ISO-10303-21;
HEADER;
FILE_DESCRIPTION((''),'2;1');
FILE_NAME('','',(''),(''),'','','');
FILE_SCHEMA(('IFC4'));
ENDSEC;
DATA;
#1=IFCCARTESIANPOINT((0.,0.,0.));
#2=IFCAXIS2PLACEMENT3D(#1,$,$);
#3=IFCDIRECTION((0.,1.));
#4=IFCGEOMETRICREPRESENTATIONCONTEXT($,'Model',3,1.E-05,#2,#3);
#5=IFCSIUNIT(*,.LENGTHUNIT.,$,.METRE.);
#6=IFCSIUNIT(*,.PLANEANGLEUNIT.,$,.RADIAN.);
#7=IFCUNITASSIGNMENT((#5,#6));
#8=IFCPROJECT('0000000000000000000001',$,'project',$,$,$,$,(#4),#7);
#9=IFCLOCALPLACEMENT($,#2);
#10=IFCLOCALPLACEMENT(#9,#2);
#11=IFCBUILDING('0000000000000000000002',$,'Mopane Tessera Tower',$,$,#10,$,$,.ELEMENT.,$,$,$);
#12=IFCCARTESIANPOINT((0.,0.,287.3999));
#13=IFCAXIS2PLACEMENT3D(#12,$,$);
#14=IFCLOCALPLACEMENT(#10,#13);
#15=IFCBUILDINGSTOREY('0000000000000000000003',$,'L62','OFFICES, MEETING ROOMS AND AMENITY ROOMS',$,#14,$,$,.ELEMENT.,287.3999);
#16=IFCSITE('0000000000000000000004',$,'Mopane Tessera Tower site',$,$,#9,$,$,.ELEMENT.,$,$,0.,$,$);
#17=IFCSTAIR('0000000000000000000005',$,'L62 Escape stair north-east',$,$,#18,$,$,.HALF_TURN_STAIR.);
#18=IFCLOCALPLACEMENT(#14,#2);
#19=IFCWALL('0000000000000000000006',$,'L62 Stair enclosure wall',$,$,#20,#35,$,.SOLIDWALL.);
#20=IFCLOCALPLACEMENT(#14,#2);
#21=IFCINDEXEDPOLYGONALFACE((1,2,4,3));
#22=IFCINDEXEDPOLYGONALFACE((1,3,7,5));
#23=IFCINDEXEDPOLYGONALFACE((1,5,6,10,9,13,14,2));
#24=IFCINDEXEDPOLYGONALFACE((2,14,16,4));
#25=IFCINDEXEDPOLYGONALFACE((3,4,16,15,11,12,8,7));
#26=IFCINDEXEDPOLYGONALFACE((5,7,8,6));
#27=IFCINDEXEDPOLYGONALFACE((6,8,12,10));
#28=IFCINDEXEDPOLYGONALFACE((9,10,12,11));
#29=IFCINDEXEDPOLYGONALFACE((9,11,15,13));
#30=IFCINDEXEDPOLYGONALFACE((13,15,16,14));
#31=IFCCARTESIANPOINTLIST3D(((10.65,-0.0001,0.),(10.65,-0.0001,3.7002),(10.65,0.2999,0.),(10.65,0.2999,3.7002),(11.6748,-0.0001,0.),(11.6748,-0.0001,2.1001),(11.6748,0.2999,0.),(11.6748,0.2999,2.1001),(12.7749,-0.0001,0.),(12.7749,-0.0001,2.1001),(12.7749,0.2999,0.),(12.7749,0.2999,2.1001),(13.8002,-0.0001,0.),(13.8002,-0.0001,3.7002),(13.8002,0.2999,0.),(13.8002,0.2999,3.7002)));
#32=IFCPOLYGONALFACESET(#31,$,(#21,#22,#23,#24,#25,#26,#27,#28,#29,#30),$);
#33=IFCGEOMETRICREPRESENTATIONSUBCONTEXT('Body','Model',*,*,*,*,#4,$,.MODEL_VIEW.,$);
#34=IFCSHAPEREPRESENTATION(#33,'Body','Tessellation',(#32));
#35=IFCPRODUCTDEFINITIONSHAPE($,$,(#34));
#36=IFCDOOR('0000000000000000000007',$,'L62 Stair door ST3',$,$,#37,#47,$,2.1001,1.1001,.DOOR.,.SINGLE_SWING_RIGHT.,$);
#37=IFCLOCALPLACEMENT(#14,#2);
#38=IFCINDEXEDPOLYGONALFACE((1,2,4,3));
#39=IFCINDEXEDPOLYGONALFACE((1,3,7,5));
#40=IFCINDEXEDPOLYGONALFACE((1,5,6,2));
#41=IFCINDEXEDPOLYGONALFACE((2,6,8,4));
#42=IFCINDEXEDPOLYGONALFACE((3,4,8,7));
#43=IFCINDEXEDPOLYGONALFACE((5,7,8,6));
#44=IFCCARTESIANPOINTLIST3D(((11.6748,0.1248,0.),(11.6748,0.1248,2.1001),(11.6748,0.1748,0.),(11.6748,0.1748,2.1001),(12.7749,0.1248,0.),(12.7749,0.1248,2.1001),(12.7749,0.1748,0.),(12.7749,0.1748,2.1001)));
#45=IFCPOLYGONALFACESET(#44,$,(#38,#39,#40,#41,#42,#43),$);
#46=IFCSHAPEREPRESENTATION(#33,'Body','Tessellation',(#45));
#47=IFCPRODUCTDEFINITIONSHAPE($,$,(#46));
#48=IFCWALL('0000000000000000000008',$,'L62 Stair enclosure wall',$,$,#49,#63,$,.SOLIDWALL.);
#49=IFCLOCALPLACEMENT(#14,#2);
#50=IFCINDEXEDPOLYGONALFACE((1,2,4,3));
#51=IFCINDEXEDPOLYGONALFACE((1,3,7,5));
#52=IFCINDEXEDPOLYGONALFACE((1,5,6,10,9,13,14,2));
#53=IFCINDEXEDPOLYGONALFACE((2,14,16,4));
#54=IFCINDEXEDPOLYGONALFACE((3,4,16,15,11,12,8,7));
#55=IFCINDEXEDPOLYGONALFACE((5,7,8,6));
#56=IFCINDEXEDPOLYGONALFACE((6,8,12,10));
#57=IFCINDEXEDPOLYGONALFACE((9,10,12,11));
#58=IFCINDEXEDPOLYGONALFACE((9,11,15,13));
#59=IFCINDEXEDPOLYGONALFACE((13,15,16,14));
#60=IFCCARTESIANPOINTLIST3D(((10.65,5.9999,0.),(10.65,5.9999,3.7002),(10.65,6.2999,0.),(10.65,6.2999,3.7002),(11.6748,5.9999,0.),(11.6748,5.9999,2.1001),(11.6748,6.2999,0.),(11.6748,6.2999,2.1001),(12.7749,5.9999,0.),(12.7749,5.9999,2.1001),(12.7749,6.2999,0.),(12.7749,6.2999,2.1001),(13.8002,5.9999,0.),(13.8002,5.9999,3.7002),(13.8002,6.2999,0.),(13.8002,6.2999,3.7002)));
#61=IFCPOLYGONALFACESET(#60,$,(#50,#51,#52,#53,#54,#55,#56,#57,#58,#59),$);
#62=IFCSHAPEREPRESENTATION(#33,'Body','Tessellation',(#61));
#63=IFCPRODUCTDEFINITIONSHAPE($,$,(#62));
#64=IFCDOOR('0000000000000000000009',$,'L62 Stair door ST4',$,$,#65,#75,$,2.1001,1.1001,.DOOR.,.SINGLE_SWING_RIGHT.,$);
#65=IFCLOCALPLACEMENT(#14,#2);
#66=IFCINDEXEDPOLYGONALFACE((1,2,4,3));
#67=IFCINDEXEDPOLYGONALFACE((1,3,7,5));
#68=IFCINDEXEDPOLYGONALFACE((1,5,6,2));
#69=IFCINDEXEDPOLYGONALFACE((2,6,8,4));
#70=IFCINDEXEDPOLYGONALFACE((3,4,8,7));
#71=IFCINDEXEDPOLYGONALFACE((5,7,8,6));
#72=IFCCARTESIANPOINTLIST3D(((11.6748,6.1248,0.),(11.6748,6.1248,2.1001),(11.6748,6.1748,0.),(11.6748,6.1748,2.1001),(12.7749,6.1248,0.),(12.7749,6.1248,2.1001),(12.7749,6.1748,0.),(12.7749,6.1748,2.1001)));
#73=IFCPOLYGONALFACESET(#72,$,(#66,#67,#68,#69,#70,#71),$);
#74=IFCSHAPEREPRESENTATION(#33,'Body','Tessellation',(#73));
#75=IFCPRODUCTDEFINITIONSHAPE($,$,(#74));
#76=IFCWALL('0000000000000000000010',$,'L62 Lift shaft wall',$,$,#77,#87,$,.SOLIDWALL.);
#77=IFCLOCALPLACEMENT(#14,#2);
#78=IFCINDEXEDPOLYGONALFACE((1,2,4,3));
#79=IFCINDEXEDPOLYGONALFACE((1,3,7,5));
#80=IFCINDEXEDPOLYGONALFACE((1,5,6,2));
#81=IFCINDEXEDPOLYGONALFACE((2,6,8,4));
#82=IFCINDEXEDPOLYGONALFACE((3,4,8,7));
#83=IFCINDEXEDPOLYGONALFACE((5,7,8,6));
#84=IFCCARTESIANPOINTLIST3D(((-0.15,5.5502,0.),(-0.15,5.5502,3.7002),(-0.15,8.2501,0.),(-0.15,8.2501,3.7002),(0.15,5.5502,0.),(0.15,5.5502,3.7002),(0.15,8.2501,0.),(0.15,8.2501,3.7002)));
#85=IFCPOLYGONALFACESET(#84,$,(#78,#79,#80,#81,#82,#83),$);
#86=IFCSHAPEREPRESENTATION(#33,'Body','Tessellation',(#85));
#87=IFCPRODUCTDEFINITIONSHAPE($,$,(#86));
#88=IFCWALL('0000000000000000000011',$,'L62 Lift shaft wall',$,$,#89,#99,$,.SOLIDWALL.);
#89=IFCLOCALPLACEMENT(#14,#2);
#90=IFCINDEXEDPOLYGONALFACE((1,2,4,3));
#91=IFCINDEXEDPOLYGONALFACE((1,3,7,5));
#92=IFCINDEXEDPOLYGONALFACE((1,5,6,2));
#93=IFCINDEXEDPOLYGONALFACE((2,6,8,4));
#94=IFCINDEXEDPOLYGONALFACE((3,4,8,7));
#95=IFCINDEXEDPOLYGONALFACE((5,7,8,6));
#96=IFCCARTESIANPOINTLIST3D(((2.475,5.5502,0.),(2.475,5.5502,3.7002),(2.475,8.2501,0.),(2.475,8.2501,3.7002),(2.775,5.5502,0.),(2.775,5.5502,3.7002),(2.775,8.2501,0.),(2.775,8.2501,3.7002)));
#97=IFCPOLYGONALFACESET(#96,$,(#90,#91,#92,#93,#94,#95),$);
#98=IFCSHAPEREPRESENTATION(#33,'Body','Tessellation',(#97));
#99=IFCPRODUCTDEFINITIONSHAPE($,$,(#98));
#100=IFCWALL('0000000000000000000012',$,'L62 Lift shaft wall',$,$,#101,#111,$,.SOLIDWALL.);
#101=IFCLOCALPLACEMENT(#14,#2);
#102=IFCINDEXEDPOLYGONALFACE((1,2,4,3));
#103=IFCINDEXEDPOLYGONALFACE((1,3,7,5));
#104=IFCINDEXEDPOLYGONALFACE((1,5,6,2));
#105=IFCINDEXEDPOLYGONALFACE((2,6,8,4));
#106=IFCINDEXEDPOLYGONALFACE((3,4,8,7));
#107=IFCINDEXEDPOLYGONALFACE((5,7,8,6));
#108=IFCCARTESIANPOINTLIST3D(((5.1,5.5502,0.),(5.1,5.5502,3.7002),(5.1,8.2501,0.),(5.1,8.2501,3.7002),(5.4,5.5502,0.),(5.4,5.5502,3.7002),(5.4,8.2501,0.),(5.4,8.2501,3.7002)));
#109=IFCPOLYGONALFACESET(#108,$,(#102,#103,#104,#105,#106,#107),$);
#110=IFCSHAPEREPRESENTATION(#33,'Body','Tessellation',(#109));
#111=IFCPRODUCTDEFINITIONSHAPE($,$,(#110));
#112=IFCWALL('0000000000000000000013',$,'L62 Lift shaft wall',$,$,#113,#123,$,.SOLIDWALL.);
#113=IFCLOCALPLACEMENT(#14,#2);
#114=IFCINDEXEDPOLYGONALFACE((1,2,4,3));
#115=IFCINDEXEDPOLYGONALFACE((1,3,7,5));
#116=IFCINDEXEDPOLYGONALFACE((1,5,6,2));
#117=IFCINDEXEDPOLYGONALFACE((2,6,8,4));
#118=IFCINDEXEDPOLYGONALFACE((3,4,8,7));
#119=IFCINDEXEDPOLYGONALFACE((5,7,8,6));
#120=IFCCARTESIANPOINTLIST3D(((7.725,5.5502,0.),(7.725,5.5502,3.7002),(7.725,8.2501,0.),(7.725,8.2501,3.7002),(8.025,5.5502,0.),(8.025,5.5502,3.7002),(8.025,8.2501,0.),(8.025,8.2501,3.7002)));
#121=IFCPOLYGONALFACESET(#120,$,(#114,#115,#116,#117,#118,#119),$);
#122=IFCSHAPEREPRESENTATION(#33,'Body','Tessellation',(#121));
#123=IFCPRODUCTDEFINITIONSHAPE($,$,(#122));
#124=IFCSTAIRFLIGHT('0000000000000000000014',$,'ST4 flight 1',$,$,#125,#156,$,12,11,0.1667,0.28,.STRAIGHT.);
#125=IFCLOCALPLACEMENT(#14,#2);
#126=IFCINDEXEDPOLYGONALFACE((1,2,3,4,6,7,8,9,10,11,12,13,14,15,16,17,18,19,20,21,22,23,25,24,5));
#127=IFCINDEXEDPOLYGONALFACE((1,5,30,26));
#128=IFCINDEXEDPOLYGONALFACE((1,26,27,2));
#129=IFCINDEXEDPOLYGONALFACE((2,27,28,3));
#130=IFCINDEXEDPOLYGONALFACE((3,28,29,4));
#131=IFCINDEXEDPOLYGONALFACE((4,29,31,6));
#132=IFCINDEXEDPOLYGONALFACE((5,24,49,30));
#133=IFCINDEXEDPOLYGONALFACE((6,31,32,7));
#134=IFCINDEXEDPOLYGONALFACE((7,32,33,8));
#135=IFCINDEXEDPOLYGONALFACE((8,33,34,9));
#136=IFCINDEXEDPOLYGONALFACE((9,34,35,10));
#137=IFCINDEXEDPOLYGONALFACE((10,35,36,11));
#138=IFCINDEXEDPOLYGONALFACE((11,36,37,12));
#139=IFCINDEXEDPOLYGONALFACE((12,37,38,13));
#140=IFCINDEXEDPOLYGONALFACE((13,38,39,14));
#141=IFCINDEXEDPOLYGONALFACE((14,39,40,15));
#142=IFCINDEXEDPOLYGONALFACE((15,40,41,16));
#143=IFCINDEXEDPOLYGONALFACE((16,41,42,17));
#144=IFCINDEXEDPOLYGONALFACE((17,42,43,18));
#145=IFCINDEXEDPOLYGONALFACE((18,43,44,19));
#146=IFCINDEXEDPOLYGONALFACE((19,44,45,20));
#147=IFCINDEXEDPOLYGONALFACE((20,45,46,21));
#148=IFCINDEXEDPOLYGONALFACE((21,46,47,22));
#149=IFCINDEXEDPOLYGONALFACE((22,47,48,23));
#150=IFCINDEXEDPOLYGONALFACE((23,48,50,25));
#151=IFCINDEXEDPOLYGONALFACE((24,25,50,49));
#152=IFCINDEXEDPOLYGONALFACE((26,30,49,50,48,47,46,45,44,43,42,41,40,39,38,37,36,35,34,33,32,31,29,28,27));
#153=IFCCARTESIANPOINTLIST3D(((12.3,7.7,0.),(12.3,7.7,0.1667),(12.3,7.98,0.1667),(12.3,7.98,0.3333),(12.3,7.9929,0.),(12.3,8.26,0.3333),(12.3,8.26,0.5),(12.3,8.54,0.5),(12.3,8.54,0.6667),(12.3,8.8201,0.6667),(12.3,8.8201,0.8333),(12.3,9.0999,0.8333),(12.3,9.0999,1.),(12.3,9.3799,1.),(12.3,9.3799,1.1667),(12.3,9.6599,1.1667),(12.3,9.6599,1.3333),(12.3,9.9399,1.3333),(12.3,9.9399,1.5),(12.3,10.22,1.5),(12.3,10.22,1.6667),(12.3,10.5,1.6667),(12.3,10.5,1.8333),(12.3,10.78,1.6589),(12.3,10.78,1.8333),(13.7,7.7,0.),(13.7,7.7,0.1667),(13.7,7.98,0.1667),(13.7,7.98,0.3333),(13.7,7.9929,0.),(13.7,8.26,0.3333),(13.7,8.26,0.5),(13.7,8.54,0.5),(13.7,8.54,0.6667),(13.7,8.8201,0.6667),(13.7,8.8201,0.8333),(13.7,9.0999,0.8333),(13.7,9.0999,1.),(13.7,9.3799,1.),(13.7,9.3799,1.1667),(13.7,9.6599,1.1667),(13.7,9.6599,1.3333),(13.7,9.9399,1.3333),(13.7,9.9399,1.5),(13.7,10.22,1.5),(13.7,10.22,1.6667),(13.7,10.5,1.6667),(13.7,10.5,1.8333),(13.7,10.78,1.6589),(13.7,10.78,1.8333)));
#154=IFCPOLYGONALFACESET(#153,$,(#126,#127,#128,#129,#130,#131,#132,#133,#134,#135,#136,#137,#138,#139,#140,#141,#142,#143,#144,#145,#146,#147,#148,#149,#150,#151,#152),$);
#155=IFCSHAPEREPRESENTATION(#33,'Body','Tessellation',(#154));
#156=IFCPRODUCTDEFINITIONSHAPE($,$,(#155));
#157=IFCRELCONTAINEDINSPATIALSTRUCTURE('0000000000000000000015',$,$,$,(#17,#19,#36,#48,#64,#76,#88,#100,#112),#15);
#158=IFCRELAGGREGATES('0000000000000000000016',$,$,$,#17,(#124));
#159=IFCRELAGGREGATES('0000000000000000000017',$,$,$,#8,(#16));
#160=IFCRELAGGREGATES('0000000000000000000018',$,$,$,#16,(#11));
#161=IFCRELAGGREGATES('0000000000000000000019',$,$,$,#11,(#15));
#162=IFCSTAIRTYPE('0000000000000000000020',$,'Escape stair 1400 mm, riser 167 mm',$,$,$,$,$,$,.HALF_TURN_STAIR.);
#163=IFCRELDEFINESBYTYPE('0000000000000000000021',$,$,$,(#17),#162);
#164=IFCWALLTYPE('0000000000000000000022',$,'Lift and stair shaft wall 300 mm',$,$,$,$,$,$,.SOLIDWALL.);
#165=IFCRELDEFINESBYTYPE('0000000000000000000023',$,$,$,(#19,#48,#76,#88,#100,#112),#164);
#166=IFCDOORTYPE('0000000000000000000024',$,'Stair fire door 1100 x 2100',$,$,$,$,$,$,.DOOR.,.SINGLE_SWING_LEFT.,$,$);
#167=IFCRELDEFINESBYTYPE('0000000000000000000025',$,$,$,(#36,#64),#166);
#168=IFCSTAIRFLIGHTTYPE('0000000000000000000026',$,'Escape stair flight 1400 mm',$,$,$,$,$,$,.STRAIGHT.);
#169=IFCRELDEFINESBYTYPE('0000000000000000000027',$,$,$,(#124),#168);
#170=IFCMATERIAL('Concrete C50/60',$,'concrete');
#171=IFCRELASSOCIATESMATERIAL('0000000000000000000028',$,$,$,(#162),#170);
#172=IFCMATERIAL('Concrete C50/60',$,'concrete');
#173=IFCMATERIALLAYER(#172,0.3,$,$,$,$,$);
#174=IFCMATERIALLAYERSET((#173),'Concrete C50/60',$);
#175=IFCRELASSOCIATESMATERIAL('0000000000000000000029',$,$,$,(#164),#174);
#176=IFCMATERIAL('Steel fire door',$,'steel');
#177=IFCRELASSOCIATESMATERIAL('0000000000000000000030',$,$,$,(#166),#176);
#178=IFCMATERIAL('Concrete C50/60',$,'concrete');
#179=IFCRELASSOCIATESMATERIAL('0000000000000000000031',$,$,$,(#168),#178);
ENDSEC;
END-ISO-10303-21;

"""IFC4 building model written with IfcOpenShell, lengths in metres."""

from ifc_helpers import new_model, si_unit, direction, frame, frame_2d, origin, place, context, subcontext, project, spatial, polyline, rectangle, outline, extrude, material, layer, layer_set, type_object, element, fill, aggregate, save


model = new_model("IFC4")

# Units and contexts
model_context = context("Model", 3, precision=1e-05, world=origin(), true_north=direction((0.0, 1.0)))
body_context = subcontext(model_context, "Body", "Model", "MODEL_VIEW")
ifc_project = project(units=[si_unit("LENGTHUNIT", "METRE"), si_unit("PLANEANGLEUNIT", "RADIAN")], contexts=[model_context])

# Site, building, storey
site_placement = place(None, origin())
site = spatial("IfcSite", under=ifc_project, at=site_placement, Name="Mopane Tessera Tower site", CompositionType="ELEMENT", RefElevation=0.0)
building_placement = place(site_placement, origin())
building = spatial("IfcBuilding", under=site, at=building_placement, Name="Mopane Tessera Tower", CompositionType="ELEMENT")
storey_placement = place(building_placement, frame((0.0, 0.0, 287.3999)))
storey = spatial("IfcBuildingStorey", under=building, at=storey_placement, Name="L62", Description="OFFICES, MEETING ROOMS AND AMENITY ROOMS", CompositionType="ELEMENT", Elevation=287.3999)

# Stair
ifc_material_1 = material(Name="Concrete C50/60", Category="concrete")
stair_type = type_object("IfcStairType", Name="Escape stair 1400 mm, riser 167 mm", PredefinedType="HALF_TURN_STAIR", material=ifc_material_1)
stair_1_placement = place(storey_placement, origin())
stair_1 = element("IfcStair", 1, at=stair_1_placement, inside=storey, type_object=stair_type, Name="L62 Escape stair north-east", PredefinedType="HALF_TURN_STAIR")

# Walls, openings, doors
ifc_material_2 = material(Name="Concrete C50/60", Category="concrete")
ifc_layer_1 = layer(ifc_material_2, 0.3)
ifc_layer_set_1 = layer_set([ifc_layer_1], Name="Concrete C50/60")
wall_type_1 = type_object("IfcWallType", Name="Lift and stair shaft wall 300 mm", PredefinedType="SOLIDWALL", material=ifc_layer_set_1)
wall_1_placement = place(storey_placement, frame((10.6499, 0.1499, 0.0), z_axis=(0.0, 0.0, 1.0), x_axis=(1.0, 0.0, 0.0)))
wall_1 = element("IfcWall", 2, at=wall_1_placement, inside=storey, type_object=wall_type_1, Name="L62 Stair enclosure wall", PredefinedType="SOLIDWALL", context=body_context, shape_type="SweptSolid", body=[
    extrude(rectangle(XDim=3.1501, YDim=0.3, at=frame_2d((1.5752, 0.0))), origin(), (0.0, 0.0, 1.0), 3.7002),
])
opening_1_placement = place(wall_1_placement, frame((1.0249, 0.0, 0.0)))
opening_1 = element("IfcOpeningElement", 3, at=opening_1_placement, cuts=wall_1, PredefinedType="OPENING", context=body_context, shape_type="SweptSolid", body=[
    extrude(rectangle(XDim=1.1001, YDim=2.1001, at=frame_2d((0.55, 1.05))), frame((0.0, 0.1621, 0.0), z_axis=(0.0, -1.0, 0.0), x_axis=(1.0, 0.0, 0.0)), (0.0, 0.0, 1.0), 0.324),
])
ifc_material_3 = material(Name="Steel fire door", Category="steel")
door_type = type_object("IfcDoorType", Name="Stair fire door 1100 x 2100", OperationType="SINGLE_SWING_LEFT", PredefinedType="DOOR", material=ifc_material_3)
door_1_placement = place(opening_1_placement, origin())
door_1 = element("IfcDoor", 4, at=door_1_placement, inside=storey, type_object=door_type, Name="L62 Stair door ST3", OperationType="SINGLE_SWING_RIGHT", OverallHeight=2.1001, OverallWidth=1.1001, PredefinedType="DOOR", context=body_context, shape_type="SweptSolid", body=[
    extrude(rectangle(XDim=1.1001, YDim=2.1001, at=frame_2d((0.55, 1.05))), frame((0.0, 0.0249, 0.0), z_axis=(0.0, -1.0, 0.0), x_axis=(1.0, 0.0, 0.0)), (0.0, 0.0, 1.0), 0.05),
])
fill(opening_1, door_1)
wall_2_placement = place(storey_placement, frame((10.6499, 6.1499, 0.0), z_axis=(0.0, 0.0, 1.0), x_axis=(1.0, 0.0, 0.0)))
wall_2 = element("IfcWall", 5, at=wall_2_placement, inside=storey, type_object=wall_type_1, Name="L62 Stair enclosure wall", PredefinedType="SOLIDWALL", context=body_context, shape_type="SweptSolid", body=[
    extrude(rectangle(XDim=3.1501, YDim=0.3, at=frame_2d((1.5752, 0.0))), origin(), (0.0, 0.0, 1.0), 3.7002),
])
opening_2_placement = place(wall_2_placement, frame((1.0249, 0.0, 0.0)))
opening_2 = element("IfcOpeningElement", 6, at=opening_2_placement, cuts=wall_2, PredefinedType="OPENING", context=body_context, shape_type="SweptSolid", body=[
    extrude(rectangle(XDim=1.1001, YDim=2.1001, at=frame_2d((0.55, 1.05))), frame((0.0, 0.1621, 0.0), z_axis=(0.0, -1.0, 0.0), x_axis=(1.0, 0.0, 0.0)), (0.0, 0.0, 1.0), 0.324),
])
door_2_placement = place(opening_2_placement, origin())
door_2 = element("IfcDoor", 7, at=door_2_placement, inside=storey, type_object=door_type, Name="L62 Stair door ST4", OperationType="SINGLE_SWING_RIGHT", OverallHeight=2.1001, OverallWidth=1.1001, PredefinedType="DOOR", context=body_context, shape_type="SweptSolid", body=[
    extrude(rectangle(XDim=1.1001, YDim=2.1001, at=frame_2d((0.55, 1.05))), frame((0.0, 0.0249, 0.0), z_axis=(0.0, -1.0, 0.0), x_axis=(1.0, 0.0, 0.0)), (0.0, 0.0, 1.0), 0.05),
])
fill(opening_2, door_2)

# Walls
for number, where, z_axis, x_axis, name in (
    (8, (0.0, 5.55, 0.0), (0.0, 0.0, 1.0), (0.0, 1.0, 0.0), "L62 Lift shaft wall"),
    (9, (2.625, 5.55, 0.0), (0.0, 0.0, 1.0), (0.0, 1.0, 0.0), "L62 Lift shaft wall"),
    (10, (5.25, 5.55, 0.0), (0.0, 0.0, 1.0), (0.0, 1.0, 0.0), "L62 Lift shaft wall"),
    (11, (7.875, 5.55, 0.0), (0.0, 0.0, 1.0), (0.0, 1.0, 0.0), "L62 Lift shaft wall"),
):
    element("IfcWall", number, at=place(storey_placement, frame(where, z_axis=z_axis, x_axis=x_axis)), inside=storey, type_object=wall_type_1, Name=name, PredefinedType="SOLIDWALL", context=body_context, shape_type="SweptSolid", body=[
        extrude(rectangle(XDim=2.7, YDim=0.3, at=frame_2d((1.3501, 0.0))), origin(), (0.0, 0.0, 1.0), 3.7002),
    ])

# Stair flight
ifc_material_4 = material(Name="Concrete C50/60", Category="concrete")
stair_flight_type = type_object("IfcStairFlightType", Name="Escape stair flight 1400 mm", PredefinedType="STRAIGHT", material=ifc_material_4)
stair_flight_placement = place(storey_placement, frame((13.0, 7.7, 0.0), z_axis=(0.0, 0.0, 1.0), x_axis=(0.0, 1.0, 0.0)))
stair_flight = element("IfcStairFlight", 12, at=stair_flight_placement, type_object=stair_flight_type, Name="ST4 flight 1", NumberOfRisers=12, NumberOfTreads=11, PredefinedType="STRAIGHT", RiserHeight=0.1667, TreadLength=0.28, context=body_context, shape_type="SweptSolid", body=[
    extrude(outline(polyline([(0.0, 0.0), (0.0, 0.1667), (0.28, 0.1667), (0.28, 0.3333), (0.5601, 0.3333), (0.5601, 0.5), (0.8401, 0.5), (0.8401, 0.6667), (1.1201, 0.6667), (1.1201, 0.8333), (1.3999, 0.8333), (1.3999, 1.0), (1.6799, 1.0), (1.6799, 1.1667), (1.96, 1.1667), (1.96, 1.3333), (2.24, 1.3333), (2.24, 1.5), (2.52, 1.5), (2.52, 1.6667), (2.8, 1.6667), (2.8, 1.8333), (3.0801, 1.8333), (3.0801, 2.0), (3.0801, 1.6589), (0.293, 0.0), (0.0, 0.0)])), frame((0.0, 0.7, 0.0), z_axis=(0.0, -1.0, 0.0), x_axis=(1.0, 0.0, 0.0)), (0.0, 0.0, 1.0), 1.3999),
])
aggregate(stair_1, [stair_flight])

save(model, "model.ifc")
